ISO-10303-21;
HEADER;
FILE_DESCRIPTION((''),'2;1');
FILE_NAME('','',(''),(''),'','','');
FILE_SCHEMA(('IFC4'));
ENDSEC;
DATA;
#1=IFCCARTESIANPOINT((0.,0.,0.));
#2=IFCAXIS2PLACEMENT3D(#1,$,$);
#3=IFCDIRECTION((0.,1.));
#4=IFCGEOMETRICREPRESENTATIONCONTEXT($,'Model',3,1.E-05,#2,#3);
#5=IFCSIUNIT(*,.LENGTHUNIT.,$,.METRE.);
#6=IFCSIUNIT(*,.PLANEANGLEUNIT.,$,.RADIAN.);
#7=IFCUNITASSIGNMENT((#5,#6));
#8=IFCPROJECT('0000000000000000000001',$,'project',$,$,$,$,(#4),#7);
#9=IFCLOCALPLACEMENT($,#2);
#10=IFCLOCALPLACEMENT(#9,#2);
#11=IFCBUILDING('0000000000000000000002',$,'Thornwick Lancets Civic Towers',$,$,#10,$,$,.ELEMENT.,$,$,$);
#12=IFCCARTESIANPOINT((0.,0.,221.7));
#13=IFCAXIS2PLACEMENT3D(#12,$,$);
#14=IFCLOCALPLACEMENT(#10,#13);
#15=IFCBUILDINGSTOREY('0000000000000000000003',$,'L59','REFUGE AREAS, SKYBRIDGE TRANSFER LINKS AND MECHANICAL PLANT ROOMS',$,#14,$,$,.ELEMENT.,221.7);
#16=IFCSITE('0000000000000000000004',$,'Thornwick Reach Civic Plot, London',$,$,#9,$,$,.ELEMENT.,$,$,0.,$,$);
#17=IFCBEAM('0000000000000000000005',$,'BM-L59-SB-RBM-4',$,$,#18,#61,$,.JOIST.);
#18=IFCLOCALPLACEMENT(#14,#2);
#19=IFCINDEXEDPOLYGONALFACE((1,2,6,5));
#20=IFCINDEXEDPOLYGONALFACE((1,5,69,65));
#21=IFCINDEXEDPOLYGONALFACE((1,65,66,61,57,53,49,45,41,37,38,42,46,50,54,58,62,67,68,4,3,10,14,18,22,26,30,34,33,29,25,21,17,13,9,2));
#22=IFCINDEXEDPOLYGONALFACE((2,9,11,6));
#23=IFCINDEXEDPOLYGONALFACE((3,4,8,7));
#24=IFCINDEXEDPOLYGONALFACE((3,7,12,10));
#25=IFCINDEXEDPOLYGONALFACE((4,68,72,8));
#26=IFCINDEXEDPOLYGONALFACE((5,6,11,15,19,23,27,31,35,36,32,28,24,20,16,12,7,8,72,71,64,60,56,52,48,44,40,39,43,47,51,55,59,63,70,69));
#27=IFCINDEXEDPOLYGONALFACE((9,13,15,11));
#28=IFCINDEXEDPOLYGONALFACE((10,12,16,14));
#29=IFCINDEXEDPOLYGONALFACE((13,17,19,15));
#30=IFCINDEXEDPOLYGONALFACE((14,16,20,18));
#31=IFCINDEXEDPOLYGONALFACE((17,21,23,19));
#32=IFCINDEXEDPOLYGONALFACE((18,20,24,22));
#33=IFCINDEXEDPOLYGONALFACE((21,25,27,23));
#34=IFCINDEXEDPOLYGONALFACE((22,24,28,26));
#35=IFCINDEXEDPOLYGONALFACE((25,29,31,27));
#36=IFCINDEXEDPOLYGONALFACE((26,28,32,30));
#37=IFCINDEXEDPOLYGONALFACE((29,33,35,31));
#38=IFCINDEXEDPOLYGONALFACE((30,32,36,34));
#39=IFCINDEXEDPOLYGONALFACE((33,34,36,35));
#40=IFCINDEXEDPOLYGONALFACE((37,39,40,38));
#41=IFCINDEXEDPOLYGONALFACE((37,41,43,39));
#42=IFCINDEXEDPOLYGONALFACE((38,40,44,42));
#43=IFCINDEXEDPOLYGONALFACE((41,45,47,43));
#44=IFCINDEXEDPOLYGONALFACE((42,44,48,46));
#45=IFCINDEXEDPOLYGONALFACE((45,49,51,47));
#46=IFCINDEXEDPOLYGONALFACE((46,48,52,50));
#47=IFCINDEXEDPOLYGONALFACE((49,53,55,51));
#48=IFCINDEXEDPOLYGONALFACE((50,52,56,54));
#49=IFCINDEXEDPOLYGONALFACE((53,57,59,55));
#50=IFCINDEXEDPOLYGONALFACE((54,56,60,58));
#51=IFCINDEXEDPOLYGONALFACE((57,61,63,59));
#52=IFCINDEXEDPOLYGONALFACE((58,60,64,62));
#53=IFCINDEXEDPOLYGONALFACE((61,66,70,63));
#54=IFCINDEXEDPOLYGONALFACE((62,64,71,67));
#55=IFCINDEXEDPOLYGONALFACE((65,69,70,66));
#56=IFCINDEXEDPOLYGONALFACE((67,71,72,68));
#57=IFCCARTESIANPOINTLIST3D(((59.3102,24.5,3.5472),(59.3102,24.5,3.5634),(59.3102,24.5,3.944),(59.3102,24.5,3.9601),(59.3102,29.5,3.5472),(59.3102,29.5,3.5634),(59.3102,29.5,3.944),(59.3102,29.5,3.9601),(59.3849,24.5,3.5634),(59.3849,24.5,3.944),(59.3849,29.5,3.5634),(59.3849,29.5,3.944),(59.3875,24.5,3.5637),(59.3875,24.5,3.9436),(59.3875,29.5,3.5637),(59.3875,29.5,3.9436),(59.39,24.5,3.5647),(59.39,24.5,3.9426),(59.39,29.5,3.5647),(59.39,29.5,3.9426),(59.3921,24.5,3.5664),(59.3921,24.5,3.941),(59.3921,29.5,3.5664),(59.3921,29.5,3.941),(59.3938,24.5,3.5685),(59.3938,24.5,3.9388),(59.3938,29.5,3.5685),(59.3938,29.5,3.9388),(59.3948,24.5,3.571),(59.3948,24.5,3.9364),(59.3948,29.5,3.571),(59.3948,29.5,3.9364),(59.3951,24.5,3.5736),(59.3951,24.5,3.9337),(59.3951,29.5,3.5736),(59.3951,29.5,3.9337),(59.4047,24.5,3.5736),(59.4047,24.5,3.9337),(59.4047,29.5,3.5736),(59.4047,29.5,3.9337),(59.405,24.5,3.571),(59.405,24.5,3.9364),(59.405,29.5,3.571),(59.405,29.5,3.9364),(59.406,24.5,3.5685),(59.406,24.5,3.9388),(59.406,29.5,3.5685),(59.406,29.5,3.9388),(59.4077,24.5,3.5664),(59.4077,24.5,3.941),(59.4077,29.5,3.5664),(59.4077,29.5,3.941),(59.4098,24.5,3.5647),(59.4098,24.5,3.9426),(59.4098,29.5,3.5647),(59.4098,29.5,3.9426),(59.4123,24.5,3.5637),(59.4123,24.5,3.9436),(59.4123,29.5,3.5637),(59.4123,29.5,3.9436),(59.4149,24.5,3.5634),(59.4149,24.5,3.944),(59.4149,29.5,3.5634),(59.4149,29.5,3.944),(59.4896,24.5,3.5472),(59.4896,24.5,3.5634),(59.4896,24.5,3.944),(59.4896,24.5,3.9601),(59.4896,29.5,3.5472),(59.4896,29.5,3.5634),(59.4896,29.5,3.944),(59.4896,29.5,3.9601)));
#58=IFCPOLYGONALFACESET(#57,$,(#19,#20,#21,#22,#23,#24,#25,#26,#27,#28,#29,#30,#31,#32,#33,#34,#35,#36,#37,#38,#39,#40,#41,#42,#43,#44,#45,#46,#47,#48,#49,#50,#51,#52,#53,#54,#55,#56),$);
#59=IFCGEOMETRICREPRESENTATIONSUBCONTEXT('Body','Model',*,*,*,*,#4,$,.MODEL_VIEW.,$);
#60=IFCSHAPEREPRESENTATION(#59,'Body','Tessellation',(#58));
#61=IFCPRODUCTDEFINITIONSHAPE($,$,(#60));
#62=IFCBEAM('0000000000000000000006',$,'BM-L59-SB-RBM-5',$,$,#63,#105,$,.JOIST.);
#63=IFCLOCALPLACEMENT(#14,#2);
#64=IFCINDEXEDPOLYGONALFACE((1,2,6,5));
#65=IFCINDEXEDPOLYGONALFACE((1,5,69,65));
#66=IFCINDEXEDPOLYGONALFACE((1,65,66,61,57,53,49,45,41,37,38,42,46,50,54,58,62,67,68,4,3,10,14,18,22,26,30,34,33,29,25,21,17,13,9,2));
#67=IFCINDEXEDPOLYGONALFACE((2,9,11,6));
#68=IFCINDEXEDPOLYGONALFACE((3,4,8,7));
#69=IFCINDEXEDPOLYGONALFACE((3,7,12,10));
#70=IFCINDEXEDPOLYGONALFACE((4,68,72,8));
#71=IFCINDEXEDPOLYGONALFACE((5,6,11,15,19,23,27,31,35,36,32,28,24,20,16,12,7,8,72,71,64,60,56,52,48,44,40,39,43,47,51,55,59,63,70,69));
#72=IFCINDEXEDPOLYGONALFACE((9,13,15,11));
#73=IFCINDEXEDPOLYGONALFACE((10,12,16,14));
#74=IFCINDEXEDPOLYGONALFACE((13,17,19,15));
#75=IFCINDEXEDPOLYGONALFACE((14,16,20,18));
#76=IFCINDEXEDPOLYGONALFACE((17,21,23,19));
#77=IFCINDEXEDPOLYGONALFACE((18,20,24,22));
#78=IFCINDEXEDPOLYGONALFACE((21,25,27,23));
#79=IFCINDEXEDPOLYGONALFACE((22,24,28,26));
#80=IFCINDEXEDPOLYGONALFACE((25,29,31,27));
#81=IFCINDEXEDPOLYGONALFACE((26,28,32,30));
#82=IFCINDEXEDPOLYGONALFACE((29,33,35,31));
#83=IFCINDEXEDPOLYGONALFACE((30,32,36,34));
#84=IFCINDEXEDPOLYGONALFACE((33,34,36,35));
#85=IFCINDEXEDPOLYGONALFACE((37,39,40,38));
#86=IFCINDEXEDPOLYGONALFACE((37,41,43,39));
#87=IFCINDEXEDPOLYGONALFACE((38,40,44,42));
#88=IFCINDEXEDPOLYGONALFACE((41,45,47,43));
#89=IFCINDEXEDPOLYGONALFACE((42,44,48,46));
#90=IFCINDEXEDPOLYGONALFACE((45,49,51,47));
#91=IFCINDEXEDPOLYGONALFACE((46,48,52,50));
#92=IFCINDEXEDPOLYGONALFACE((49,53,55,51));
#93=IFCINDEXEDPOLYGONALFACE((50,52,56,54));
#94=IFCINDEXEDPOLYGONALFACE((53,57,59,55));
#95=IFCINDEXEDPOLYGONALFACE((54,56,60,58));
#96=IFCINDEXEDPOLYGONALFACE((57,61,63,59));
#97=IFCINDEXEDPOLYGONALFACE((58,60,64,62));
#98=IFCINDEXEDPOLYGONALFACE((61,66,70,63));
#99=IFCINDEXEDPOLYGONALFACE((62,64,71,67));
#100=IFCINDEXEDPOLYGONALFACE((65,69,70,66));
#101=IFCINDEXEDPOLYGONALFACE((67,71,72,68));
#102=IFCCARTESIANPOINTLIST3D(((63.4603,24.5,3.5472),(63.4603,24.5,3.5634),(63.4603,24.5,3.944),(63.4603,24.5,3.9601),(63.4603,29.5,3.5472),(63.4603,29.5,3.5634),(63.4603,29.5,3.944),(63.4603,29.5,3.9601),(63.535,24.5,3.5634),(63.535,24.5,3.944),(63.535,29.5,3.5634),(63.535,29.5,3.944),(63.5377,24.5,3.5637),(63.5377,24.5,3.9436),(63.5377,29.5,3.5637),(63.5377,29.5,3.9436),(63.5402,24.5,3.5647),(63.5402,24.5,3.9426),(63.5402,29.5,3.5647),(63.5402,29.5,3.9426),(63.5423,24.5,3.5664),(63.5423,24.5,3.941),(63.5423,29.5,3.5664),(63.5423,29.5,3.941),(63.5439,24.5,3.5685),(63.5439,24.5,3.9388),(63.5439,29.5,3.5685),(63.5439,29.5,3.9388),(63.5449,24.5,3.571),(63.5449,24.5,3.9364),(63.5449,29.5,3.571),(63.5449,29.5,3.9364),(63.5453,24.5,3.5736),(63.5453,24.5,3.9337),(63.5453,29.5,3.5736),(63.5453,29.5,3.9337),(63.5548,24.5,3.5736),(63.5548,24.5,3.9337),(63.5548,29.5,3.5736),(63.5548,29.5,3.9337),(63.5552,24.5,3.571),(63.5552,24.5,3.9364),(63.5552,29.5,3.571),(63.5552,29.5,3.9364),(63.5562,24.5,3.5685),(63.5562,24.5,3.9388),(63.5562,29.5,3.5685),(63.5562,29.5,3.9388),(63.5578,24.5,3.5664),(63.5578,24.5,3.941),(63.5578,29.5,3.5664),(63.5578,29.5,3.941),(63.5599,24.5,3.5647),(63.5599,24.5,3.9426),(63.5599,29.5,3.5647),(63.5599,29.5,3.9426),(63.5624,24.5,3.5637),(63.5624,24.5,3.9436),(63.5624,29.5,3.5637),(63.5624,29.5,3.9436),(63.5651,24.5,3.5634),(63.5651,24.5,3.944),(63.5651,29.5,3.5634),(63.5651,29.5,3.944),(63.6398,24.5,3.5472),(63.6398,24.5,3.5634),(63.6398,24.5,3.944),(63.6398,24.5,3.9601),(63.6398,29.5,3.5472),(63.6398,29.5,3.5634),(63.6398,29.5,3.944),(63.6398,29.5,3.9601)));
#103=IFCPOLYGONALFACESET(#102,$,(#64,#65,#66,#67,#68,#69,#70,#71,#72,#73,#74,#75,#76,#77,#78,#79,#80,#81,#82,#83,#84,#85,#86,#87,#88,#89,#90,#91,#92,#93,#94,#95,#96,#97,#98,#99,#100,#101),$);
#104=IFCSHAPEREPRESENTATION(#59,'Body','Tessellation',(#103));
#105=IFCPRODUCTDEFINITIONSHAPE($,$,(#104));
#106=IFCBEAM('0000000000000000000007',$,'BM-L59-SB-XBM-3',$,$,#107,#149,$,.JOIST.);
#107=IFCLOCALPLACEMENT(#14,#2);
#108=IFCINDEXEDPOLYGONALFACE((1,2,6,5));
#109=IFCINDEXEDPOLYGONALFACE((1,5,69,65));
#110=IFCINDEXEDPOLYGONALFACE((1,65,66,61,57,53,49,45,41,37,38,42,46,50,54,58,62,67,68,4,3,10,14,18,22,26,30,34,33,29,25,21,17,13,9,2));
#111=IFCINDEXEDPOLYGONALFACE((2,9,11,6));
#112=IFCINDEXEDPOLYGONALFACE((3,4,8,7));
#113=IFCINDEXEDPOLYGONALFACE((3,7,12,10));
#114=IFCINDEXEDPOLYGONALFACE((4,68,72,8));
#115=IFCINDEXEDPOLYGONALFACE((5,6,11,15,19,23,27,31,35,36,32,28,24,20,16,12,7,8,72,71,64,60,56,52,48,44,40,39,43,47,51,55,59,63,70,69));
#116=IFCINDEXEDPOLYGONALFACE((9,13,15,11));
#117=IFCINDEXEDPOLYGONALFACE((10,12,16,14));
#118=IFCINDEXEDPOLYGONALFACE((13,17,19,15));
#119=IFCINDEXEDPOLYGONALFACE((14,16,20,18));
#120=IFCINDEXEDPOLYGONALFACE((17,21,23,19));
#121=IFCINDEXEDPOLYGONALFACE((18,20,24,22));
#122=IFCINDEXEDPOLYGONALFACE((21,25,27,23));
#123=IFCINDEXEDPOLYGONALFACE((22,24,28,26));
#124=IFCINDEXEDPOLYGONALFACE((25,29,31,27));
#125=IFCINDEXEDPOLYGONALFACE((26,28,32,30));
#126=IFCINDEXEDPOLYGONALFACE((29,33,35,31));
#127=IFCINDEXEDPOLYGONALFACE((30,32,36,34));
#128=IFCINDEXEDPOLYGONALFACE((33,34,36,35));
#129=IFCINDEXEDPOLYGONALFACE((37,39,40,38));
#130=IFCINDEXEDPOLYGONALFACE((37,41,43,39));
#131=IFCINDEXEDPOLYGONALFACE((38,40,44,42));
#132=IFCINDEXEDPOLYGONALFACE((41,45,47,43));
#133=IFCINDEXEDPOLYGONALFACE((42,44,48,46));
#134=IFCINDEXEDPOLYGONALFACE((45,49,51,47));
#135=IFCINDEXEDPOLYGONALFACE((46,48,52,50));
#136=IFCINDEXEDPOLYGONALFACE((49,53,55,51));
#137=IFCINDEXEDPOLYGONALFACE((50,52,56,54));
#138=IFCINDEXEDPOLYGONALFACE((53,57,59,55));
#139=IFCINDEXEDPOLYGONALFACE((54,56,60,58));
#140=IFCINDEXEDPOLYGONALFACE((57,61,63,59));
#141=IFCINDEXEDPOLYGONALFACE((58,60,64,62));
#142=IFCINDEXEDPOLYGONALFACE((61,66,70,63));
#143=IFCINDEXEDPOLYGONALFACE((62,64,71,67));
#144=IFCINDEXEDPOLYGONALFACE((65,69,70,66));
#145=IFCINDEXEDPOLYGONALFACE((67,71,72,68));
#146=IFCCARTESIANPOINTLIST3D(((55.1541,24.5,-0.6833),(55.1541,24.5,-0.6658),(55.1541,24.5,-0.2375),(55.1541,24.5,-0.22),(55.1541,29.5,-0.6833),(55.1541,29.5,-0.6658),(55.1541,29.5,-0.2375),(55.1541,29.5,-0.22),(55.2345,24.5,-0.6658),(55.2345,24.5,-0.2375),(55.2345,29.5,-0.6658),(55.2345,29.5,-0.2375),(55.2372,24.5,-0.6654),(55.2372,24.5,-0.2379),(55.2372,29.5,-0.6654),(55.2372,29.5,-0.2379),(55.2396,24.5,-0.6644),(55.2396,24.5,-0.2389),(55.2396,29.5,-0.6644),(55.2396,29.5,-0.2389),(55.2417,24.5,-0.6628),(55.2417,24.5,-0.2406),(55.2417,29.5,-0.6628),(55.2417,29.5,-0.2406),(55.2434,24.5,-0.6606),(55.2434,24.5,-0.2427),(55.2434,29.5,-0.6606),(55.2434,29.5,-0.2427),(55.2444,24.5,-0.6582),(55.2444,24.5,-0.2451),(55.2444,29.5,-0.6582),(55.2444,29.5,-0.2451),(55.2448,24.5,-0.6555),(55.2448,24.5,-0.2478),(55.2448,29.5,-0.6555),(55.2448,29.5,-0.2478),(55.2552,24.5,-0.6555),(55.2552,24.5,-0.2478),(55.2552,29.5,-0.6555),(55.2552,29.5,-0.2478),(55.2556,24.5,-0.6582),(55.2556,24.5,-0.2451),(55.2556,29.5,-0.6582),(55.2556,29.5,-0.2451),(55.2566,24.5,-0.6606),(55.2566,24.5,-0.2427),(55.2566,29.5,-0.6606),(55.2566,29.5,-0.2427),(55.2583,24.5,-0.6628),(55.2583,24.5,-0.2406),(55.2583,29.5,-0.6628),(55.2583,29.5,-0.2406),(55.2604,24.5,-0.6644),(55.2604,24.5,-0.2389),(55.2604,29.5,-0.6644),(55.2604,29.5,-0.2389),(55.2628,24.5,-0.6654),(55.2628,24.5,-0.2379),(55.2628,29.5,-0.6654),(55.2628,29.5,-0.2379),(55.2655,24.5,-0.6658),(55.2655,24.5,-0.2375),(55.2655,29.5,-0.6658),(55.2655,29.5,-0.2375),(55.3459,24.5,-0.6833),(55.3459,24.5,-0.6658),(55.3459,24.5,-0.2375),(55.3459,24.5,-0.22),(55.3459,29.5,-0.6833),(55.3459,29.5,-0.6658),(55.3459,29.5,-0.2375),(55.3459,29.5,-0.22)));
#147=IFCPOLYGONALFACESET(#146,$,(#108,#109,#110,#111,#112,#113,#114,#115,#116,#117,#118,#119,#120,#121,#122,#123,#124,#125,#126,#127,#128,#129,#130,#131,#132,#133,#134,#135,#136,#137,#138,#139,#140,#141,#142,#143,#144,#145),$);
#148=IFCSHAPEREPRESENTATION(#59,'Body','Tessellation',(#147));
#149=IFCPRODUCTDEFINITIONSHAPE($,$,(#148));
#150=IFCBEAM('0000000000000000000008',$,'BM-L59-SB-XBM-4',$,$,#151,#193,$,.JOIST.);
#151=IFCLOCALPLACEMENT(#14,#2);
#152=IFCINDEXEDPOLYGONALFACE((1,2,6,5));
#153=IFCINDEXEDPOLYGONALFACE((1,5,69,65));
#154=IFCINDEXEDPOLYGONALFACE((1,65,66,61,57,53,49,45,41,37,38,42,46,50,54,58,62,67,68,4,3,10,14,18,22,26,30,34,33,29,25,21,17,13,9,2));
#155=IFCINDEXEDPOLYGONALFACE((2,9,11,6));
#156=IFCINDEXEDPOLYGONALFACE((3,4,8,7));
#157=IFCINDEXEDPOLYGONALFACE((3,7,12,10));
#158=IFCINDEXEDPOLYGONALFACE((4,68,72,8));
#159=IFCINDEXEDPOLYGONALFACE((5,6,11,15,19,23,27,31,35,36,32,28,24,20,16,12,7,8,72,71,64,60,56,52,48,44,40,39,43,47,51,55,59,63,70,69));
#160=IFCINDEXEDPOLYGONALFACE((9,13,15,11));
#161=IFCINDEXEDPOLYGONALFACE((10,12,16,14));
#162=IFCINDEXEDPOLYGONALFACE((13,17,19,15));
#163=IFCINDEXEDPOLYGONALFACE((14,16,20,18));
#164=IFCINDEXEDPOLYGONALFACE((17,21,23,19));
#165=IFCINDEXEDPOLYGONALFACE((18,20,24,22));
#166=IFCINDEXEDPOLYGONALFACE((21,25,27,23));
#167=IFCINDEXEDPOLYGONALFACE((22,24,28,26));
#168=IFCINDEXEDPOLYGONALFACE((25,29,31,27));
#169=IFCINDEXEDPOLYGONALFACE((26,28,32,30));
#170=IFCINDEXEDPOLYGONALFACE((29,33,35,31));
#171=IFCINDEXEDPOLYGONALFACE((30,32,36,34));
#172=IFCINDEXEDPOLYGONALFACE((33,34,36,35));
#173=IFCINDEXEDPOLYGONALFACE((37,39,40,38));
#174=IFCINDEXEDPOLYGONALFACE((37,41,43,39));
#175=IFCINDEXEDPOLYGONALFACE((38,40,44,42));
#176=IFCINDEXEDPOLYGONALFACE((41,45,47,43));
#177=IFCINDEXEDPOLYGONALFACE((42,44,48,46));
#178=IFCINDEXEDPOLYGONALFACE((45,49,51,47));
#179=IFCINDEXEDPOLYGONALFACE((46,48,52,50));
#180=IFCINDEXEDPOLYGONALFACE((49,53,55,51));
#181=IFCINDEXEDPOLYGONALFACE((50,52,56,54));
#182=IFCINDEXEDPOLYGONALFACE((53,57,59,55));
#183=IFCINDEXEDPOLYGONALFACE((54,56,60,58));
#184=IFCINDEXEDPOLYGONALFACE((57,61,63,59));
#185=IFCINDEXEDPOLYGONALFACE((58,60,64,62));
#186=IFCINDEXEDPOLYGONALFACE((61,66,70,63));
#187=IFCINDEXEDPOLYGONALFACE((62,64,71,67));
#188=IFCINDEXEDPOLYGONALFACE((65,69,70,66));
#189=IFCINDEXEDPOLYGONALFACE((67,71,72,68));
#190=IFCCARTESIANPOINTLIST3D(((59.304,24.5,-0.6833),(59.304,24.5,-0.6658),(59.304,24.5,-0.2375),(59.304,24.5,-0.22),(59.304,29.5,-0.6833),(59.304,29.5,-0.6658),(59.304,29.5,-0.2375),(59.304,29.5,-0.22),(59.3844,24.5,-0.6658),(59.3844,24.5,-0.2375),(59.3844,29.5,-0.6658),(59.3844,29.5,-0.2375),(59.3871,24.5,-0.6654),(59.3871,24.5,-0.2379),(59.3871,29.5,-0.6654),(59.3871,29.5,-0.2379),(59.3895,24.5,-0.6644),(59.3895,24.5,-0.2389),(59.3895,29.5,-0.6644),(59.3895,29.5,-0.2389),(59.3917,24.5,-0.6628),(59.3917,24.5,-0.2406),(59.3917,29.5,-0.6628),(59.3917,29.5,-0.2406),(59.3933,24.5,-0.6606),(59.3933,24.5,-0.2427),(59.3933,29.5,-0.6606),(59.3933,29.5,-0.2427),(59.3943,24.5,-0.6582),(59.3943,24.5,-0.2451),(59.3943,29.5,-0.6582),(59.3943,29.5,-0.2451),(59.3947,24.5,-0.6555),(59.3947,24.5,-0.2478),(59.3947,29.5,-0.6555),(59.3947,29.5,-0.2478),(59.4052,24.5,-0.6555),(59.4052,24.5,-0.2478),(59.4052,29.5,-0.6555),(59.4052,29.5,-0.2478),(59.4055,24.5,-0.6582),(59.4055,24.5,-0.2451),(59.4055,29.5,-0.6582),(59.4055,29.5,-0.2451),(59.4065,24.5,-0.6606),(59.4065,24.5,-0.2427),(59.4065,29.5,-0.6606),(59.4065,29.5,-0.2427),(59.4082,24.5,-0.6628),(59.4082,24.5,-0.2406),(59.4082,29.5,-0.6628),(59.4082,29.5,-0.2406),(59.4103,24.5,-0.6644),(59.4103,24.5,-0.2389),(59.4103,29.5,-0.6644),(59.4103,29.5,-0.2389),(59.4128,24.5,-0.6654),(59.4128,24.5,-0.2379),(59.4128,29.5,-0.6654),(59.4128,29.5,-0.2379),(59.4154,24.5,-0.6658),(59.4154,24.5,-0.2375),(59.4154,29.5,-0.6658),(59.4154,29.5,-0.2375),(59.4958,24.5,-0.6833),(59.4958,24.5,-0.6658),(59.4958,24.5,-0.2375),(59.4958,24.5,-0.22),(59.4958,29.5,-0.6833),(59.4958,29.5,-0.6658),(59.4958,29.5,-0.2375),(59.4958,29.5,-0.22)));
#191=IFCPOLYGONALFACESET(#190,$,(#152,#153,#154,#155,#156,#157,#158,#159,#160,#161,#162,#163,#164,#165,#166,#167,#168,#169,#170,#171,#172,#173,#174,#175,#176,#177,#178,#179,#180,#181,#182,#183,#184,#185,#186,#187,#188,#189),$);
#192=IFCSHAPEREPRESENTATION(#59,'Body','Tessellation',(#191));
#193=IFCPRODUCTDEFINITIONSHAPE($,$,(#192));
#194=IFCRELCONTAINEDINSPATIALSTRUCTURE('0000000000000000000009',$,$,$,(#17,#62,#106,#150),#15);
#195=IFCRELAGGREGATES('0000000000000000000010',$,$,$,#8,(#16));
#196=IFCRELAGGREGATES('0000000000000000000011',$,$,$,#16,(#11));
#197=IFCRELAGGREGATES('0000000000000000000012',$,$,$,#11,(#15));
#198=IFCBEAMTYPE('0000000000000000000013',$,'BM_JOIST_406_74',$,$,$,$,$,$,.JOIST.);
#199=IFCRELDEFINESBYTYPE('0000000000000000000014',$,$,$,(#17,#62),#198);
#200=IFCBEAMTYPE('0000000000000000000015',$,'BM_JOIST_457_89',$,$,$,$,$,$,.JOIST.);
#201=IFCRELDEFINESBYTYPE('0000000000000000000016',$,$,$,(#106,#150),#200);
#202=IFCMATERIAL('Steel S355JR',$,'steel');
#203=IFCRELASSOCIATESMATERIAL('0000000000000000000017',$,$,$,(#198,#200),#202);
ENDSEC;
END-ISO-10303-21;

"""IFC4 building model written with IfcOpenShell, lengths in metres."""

from ifc_helpers import new_model, si_unit, direction, frame, origin, origin_2d, place, context, subcontext, project, spatial, i_section, extrude, material, material_profile, profile_set, type_object, element, save


model = new_model("IFC4")

# Units and contexts
model_context = context("Model", 3, precision=1e-05, world=origin(), true_north=direction((0.0, 1.0)))
body_context = subcontext(model_context, "Body", "Model", "MODEL_VIEW")
ifc_project = project(units=[si_unit("LENGTHUNIT", "METRE"), si_unit("PLANEANGLEUNIT", "RADIAN")], contexts=[model_context])

# Site, building, storey
site_placement = place(None, origin())
site = spatial("IfcSite", under=ifc_project, at=site_placement, Name="Thornwick Reach Civic Plot, London", CompositionType="ELEMENT", RefElevation=0.0)
building_placement = place(site_placement, origin())
building = spatial("IfcBuilding", under=site, at=building_placement, Name="Thornwick Lancets Civic Towers", CompositionType="ELEMENT")
storey_placement = place(building_placement, frame((0.0, 0.0, 221.7)))
storey = spatial("IfcBuildingStorey", under=building, at=storey_placement, Name="L59", Description="REFUGE AREAS, SKYBRIDGE TRANSFER LINKS AND MECHANICAL PLANT ROOMS", CompositionType="ELEMENT", Elevation=221.7)

# Shared definitions
ifc_material_1 = material(Name="Steel S355JR", Category="steel")

# Beams
ifc_material_profile_1 = material_profile(ifc_material_1, i_section(OverallWidth=0.1794, OverallDepth=0.4128, WebThickness=0.0095, FlangeThickness=0.0161, FilletRadius=0.0103, at=origin_2d()), Name="UKB 406x178x74")
ifc_profile_set_1 = profile_set([ifc_material_profile_1], Name="Steel S355JR")
beam_type_1 = type_object("IfcBeamType", Name="BM_JOIST_406_74", PredefinedType="JOIST", material=ifc_profile_set_1)
for number, where, z_axis, x_axis, name in (
    (1, (59.3999, 24.5, 3.7537), (0.0, 1.0, 0.0), (-1.0, 0.0, 0.0), "BM-L59-SB-RBM-4"),
    (2, (63.55, 24.5, 3.7537), (0.0, 1.0, 0.0), (-1.0, 0.0, 0.0), "BM-L59-SB-RBM-5"),
):
    element("IfcBeam", number, at=place(storey_placement, frame(where, z_axis=z_axis, x_axis=x_axis)), inside=storey, type_object=beam_type_1, Name=name, PredefinedType="JOIST", context=body_context, shape_type="SweptSolid", body=[
        extrude(i_section(OverallWidth=0.1794, OverallDepth=0.4128, WebThickness=0.0095, FlangeThickness=0.0161, FilletRadius=0.0103, at=origin_2d()), origin(), (0.0, 0.0, 1.0), 5.0),
    ])
ifc_material_profile_2 = material_profile(ifc_material_1, i_section(OverallWidth=0.1919, OverallDepth=0.4634, WebThickness=0.0105, FlangeThickness=0.0176, FilletRadius=0.0103, at=origin_2d()), Name="UKB 457x191x89")
ifc_profile_set_2 = profile_set([ifc_material_profile_2], Name="Steel S355JR")
beam_type_2 = type_object("IfcBeamType", Name="BM_JOIST_457_89", PredefinedType="JOIST", material=ifc_profile_set_2)
for number, where, z_axis, x_axis, name in (
    (3, (55.25, 24.5, -0.4517), (0.0, 1.0, 0.0), (-1.0, 0.0, 0.0), "BM-L59-SB-XBM-3"),
    (4, (59.3999, 24.5, -0.4517), (0.0, 1.0, 0.0), (-1.0, 0.0, 0.0), "BM-L59-SB-XBM-4"),
):
    element("IfcBeam", number, at=place(storey_placement, frame(where, z_axis=z_axis, x_axis=x_axis)), inside=storey, type_object=beam_type_2, Name=name, PredefinedType="JOIST", context=body_context, shape_type="SweptSolid", body=[
        extrude(i_section(OverallWidth=0.1919, OverallDepth=0.4634, WebThickness=0.0105, FlangeThickness=0.0176, FilletRadius=0.0103, at=origin_2d()), origin(), (0.0, 0.0, 1.0), 5.0),
    ])

save(model, "model.ifc")
